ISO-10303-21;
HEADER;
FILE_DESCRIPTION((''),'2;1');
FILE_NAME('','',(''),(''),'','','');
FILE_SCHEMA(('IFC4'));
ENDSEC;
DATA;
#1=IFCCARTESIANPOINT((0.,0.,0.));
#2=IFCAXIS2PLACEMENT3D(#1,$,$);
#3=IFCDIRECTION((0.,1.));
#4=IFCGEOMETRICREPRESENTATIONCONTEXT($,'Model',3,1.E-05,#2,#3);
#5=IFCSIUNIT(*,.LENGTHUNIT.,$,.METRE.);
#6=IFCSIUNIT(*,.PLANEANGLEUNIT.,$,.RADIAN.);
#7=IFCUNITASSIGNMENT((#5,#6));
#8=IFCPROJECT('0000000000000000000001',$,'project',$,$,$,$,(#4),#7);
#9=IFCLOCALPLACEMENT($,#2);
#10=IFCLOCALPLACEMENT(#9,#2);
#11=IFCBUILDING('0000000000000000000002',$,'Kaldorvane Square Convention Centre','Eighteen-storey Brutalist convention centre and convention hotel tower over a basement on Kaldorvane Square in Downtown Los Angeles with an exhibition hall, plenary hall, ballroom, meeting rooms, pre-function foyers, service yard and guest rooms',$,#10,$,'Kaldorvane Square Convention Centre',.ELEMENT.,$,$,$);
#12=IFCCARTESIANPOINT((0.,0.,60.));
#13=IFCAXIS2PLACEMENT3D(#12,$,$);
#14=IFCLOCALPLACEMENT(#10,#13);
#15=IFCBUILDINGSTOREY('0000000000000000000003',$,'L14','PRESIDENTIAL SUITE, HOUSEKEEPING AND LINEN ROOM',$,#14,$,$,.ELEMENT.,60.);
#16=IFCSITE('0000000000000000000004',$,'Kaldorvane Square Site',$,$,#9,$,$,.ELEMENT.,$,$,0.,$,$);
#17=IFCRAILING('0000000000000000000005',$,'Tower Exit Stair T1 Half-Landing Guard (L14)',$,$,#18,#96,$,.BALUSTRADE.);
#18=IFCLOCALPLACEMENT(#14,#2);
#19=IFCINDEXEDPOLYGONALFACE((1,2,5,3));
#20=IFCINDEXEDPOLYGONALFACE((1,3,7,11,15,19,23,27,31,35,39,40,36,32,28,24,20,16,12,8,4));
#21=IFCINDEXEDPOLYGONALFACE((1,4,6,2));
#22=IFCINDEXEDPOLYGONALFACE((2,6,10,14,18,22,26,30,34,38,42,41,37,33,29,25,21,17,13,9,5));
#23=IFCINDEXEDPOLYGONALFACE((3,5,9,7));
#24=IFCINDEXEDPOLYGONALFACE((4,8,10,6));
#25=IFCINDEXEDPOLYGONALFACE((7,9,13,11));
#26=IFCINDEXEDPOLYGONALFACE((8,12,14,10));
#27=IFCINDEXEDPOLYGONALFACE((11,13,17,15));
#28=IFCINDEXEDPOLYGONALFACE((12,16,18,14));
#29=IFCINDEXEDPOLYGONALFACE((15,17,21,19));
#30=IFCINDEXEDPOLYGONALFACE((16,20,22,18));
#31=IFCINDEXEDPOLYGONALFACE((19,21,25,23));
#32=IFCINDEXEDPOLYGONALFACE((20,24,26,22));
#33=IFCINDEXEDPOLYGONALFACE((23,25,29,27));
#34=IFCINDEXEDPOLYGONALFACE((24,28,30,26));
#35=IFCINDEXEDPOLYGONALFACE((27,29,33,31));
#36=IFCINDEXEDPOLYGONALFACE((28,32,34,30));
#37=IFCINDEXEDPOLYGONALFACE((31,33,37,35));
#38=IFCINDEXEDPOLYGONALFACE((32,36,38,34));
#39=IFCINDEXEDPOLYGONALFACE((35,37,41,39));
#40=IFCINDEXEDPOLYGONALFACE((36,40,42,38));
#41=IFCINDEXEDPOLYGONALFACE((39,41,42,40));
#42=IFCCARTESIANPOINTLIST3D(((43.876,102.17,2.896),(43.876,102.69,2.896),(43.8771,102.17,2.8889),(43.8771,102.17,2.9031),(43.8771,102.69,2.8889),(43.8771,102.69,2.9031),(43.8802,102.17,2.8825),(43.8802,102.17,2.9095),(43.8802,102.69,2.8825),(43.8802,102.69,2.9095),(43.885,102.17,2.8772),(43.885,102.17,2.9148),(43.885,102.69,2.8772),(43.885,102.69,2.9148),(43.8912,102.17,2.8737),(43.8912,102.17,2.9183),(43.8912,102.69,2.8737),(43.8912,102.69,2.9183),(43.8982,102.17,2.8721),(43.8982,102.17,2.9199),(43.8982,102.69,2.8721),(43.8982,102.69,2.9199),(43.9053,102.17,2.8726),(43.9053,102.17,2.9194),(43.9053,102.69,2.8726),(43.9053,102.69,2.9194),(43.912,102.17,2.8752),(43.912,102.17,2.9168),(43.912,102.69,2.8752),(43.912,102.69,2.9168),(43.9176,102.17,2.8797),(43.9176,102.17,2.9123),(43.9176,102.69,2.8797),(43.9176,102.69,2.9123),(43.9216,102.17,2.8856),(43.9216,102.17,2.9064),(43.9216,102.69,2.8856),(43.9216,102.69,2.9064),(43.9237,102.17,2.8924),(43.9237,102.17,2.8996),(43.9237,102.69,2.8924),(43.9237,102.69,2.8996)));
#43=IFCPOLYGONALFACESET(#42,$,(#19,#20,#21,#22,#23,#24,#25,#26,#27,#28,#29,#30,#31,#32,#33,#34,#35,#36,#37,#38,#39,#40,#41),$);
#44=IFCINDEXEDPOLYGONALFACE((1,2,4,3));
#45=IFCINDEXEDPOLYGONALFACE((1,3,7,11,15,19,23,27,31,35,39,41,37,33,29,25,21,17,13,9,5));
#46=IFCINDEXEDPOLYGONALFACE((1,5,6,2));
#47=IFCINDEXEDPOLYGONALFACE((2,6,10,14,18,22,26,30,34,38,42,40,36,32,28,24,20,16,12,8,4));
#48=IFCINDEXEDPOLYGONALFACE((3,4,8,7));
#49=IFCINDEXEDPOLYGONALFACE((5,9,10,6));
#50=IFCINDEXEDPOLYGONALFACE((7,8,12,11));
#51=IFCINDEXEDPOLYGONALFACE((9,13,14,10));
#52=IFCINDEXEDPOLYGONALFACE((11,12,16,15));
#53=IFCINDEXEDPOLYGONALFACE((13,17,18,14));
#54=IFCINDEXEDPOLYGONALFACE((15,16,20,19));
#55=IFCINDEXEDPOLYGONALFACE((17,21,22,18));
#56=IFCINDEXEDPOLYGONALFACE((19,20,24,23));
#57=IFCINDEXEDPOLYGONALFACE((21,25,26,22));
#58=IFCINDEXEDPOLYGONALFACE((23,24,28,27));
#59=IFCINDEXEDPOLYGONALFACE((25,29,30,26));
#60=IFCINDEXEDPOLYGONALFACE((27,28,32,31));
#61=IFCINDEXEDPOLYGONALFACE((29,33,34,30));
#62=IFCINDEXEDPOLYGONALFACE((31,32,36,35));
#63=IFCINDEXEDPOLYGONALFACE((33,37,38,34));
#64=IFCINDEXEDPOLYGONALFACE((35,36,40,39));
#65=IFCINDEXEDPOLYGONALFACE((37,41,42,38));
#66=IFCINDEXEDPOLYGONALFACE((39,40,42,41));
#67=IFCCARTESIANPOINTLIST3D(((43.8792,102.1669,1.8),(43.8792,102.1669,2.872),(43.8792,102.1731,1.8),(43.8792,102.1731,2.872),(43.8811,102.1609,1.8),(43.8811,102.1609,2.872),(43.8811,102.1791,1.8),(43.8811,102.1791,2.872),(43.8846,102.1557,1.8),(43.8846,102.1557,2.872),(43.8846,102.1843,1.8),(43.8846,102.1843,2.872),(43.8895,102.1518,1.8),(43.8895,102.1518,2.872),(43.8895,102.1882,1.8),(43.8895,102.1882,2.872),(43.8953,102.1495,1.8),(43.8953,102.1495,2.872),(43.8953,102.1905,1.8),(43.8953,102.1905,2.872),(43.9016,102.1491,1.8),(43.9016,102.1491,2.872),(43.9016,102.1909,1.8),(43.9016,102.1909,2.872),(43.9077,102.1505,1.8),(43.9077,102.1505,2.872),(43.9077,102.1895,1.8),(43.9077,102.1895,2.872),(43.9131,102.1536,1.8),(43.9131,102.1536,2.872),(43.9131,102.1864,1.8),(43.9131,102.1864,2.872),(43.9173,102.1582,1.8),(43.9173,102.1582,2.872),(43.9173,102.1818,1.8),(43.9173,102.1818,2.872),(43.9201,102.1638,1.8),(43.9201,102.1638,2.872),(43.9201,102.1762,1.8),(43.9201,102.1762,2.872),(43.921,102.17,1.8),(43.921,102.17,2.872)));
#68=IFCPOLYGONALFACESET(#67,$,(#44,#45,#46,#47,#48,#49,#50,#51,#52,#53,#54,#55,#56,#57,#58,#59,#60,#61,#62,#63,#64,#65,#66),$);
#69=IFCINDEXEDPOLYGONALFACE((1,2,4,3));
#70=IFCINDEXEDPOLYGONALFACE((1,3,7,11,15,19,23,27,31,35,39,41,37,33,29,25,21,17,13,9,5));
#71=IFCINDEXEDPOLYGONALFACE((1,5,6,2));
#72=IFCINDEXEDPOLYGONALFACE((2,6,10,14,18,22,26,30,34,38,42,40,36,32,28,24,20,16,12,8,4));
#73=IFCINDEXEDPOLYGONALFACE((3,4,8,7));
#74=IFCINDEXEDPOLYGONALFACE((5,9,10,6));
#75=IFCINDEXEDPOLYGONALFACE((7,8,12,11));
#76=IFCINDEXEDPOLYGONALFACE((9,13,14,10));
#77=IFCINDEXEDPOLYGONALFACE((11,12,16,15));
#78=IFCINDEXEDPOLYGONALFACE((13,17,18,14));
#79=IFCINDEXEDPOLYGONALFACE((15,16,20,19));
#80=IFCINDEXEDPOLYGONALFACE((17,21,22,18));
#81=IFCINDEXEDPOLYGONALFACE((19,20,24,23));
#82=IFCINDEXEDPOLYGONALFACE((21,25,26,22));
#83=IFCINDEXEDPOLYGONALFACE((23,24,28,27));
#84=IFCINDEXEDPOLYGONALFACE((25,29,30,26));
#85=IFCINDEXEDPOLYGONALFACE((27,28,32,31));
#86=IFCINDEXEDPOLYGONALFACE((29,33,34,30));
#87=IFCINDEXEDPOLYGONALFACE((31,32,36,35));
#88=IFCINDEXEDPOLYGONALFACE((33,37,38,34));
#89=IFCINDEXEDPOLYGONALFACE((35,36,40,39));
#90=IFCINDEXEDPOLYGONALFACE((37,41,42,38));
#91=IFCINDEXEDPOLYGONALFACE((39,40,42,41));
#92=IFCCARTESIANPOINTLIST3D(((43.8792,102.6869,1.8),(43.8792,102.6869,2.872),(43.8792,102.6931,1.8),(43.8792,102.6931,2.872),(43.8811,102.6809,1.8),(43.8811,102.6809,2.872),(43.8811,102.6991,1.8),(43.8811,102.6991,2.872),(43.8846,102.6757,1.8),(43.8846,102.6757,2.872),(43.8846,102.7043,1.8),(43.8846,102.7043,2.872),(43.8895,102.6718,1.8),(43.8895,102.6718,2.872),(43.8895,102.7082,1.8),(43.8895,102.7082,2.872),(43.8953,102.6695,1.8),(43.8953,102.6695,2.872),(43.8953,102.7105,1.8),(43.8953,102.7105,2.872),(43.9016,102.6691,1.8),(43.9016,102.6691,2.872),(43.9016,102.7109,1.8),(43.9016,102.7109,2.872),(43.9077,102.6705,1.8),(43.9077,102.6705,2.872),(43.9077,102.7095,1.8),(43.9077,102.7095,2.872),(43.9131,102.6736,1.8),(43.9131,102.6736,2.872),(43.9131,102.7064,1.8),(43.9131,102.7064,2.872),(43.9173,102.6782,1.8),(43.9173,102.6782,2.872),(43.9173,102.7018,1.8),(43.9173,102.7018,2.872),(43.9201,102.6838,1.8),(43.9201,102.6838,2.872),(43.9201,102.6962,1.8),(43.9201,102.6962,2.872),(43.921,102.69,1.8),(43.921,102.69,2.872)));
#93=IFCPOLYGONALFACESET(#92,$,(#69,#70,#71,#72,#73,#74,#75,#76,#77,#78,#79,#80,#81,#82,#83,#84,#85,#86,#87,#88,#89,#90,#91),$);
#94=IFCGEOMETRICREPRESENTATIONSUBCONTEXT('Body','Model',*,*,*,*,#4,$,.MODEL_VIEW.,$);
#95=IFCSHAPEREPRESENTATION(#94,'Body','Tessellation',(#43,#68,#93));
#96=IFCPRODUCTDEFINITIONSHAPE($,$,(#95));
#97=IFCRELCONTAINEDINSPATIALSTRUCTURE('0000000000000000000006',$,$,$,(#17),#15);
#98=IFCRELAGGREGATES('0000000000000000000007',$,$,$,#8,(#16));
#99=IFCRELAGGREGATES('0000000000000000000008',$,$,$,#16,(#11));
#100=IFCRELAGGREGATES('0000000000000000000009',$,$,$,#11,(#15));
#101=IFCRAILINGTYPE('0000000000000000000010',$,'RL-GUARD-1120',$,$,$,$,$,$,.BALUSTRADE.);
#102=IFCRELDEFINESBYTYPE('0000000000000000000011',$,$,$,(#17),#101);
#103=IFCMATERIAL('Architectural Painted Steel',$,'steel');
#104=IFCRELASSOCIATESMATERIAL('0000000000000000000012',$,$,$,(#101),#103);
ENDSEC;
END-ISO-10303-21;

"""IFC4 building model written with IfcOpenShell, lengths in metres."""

from ifc_helpers import new_model, si_unit, direction, frame, origin, origin_2d, place, context, subcontext, project, spatial, circle, extrude, material, type_object, element, save


model = new_model("IFC4")

# Units and contexts
model_context = context("Model", 3, precision=1e-05, world=origin(), true_north=direction((0.0, 1.0)))
body_context = subcontext(model_context, "Body", "Model", "MODEL_VIEW")
ifc_project = project(units=[si_unit("LENGTHUNIT", "METRE"), si_unit("PLANEANGLEUNIT", "RADIAN")], contexts=[model_context])

# Site, building, storey
site_placement = place(None, origin())
site = spatial("IfcSite", under=ifc_project, at=site_placement, Name="Kaldorvane Square Site", CompositionType="ELEMENT", RefElevation=0.0)
building_placement = place(site_placement, origin())
building = spatial("IfcBuilding", under=site, at=building_placement, Name="Kaldorvane Square Convention Centre", Description="Eighteen-storey Brutalist convention centre and convention hotel tower over a basement on Kaldorvane Square in Downtown Los Angeles with an exhibition hall, plenary hall, ballroom, meeting rooms, pre-function foyers, service yard and guest rooms", LongName="Kaldorvane Square Convention Centre", CompositionType="ELEMENT")
storey_placement = place(building_placement, frame((0.0, 0.0, 60.0)))
storey = spatial("IfcBuildingStorey", under=building, at=storey_placement, Name="L14", Description="PRESIDENTIAL SUITE, HOUSEKEEPING AND LINEN ROOM", CompositionType="ELEMENT", Elevation=60.0)

# Railing
ifc_material_1 = material(Name="Architectural Painted Steel", Category="steel")
railing_type_1 = type_object("IfcRailingType", Name="RL-GUARD-1120", PredefinedType="BALUSTRADE", material=ifc_material_1)
for number, where, name in (
    (1, (43.9, 102.17, 1.8), "Tower Exit Stair T1 Half-Landing Guard (L14)"),
):
    element("IfcRailing", number, at=place(storey_placement, frame(where)), inside=storey, type_object=railing_type_1, Name=name, PredefinedType="BALUSTRADE", context=body_context, shape_type="SweptSolid", body=[
        extrude(circle(Radius=0.024, at=origin_2d()), frame((0.0, 0.0, 1.096), z_axis=(0.0, 1.0, 0.0), x_axis=(-1.0, 0.0, 0.0)), (0.0, 0.0, 1.0), 0.52),
        extrude(circle(Radius=0.021, at=origin_2d()), origin(), (0.0, 0.0, 1.0), 1.072),
        extrude(circle(Radius=0.021, at=origin_2d()), frame((0.0, 0.52, 0.0)), (0.0, 0.0, 1.0), 1.072),
    ])

save(model, "model.ifc")
